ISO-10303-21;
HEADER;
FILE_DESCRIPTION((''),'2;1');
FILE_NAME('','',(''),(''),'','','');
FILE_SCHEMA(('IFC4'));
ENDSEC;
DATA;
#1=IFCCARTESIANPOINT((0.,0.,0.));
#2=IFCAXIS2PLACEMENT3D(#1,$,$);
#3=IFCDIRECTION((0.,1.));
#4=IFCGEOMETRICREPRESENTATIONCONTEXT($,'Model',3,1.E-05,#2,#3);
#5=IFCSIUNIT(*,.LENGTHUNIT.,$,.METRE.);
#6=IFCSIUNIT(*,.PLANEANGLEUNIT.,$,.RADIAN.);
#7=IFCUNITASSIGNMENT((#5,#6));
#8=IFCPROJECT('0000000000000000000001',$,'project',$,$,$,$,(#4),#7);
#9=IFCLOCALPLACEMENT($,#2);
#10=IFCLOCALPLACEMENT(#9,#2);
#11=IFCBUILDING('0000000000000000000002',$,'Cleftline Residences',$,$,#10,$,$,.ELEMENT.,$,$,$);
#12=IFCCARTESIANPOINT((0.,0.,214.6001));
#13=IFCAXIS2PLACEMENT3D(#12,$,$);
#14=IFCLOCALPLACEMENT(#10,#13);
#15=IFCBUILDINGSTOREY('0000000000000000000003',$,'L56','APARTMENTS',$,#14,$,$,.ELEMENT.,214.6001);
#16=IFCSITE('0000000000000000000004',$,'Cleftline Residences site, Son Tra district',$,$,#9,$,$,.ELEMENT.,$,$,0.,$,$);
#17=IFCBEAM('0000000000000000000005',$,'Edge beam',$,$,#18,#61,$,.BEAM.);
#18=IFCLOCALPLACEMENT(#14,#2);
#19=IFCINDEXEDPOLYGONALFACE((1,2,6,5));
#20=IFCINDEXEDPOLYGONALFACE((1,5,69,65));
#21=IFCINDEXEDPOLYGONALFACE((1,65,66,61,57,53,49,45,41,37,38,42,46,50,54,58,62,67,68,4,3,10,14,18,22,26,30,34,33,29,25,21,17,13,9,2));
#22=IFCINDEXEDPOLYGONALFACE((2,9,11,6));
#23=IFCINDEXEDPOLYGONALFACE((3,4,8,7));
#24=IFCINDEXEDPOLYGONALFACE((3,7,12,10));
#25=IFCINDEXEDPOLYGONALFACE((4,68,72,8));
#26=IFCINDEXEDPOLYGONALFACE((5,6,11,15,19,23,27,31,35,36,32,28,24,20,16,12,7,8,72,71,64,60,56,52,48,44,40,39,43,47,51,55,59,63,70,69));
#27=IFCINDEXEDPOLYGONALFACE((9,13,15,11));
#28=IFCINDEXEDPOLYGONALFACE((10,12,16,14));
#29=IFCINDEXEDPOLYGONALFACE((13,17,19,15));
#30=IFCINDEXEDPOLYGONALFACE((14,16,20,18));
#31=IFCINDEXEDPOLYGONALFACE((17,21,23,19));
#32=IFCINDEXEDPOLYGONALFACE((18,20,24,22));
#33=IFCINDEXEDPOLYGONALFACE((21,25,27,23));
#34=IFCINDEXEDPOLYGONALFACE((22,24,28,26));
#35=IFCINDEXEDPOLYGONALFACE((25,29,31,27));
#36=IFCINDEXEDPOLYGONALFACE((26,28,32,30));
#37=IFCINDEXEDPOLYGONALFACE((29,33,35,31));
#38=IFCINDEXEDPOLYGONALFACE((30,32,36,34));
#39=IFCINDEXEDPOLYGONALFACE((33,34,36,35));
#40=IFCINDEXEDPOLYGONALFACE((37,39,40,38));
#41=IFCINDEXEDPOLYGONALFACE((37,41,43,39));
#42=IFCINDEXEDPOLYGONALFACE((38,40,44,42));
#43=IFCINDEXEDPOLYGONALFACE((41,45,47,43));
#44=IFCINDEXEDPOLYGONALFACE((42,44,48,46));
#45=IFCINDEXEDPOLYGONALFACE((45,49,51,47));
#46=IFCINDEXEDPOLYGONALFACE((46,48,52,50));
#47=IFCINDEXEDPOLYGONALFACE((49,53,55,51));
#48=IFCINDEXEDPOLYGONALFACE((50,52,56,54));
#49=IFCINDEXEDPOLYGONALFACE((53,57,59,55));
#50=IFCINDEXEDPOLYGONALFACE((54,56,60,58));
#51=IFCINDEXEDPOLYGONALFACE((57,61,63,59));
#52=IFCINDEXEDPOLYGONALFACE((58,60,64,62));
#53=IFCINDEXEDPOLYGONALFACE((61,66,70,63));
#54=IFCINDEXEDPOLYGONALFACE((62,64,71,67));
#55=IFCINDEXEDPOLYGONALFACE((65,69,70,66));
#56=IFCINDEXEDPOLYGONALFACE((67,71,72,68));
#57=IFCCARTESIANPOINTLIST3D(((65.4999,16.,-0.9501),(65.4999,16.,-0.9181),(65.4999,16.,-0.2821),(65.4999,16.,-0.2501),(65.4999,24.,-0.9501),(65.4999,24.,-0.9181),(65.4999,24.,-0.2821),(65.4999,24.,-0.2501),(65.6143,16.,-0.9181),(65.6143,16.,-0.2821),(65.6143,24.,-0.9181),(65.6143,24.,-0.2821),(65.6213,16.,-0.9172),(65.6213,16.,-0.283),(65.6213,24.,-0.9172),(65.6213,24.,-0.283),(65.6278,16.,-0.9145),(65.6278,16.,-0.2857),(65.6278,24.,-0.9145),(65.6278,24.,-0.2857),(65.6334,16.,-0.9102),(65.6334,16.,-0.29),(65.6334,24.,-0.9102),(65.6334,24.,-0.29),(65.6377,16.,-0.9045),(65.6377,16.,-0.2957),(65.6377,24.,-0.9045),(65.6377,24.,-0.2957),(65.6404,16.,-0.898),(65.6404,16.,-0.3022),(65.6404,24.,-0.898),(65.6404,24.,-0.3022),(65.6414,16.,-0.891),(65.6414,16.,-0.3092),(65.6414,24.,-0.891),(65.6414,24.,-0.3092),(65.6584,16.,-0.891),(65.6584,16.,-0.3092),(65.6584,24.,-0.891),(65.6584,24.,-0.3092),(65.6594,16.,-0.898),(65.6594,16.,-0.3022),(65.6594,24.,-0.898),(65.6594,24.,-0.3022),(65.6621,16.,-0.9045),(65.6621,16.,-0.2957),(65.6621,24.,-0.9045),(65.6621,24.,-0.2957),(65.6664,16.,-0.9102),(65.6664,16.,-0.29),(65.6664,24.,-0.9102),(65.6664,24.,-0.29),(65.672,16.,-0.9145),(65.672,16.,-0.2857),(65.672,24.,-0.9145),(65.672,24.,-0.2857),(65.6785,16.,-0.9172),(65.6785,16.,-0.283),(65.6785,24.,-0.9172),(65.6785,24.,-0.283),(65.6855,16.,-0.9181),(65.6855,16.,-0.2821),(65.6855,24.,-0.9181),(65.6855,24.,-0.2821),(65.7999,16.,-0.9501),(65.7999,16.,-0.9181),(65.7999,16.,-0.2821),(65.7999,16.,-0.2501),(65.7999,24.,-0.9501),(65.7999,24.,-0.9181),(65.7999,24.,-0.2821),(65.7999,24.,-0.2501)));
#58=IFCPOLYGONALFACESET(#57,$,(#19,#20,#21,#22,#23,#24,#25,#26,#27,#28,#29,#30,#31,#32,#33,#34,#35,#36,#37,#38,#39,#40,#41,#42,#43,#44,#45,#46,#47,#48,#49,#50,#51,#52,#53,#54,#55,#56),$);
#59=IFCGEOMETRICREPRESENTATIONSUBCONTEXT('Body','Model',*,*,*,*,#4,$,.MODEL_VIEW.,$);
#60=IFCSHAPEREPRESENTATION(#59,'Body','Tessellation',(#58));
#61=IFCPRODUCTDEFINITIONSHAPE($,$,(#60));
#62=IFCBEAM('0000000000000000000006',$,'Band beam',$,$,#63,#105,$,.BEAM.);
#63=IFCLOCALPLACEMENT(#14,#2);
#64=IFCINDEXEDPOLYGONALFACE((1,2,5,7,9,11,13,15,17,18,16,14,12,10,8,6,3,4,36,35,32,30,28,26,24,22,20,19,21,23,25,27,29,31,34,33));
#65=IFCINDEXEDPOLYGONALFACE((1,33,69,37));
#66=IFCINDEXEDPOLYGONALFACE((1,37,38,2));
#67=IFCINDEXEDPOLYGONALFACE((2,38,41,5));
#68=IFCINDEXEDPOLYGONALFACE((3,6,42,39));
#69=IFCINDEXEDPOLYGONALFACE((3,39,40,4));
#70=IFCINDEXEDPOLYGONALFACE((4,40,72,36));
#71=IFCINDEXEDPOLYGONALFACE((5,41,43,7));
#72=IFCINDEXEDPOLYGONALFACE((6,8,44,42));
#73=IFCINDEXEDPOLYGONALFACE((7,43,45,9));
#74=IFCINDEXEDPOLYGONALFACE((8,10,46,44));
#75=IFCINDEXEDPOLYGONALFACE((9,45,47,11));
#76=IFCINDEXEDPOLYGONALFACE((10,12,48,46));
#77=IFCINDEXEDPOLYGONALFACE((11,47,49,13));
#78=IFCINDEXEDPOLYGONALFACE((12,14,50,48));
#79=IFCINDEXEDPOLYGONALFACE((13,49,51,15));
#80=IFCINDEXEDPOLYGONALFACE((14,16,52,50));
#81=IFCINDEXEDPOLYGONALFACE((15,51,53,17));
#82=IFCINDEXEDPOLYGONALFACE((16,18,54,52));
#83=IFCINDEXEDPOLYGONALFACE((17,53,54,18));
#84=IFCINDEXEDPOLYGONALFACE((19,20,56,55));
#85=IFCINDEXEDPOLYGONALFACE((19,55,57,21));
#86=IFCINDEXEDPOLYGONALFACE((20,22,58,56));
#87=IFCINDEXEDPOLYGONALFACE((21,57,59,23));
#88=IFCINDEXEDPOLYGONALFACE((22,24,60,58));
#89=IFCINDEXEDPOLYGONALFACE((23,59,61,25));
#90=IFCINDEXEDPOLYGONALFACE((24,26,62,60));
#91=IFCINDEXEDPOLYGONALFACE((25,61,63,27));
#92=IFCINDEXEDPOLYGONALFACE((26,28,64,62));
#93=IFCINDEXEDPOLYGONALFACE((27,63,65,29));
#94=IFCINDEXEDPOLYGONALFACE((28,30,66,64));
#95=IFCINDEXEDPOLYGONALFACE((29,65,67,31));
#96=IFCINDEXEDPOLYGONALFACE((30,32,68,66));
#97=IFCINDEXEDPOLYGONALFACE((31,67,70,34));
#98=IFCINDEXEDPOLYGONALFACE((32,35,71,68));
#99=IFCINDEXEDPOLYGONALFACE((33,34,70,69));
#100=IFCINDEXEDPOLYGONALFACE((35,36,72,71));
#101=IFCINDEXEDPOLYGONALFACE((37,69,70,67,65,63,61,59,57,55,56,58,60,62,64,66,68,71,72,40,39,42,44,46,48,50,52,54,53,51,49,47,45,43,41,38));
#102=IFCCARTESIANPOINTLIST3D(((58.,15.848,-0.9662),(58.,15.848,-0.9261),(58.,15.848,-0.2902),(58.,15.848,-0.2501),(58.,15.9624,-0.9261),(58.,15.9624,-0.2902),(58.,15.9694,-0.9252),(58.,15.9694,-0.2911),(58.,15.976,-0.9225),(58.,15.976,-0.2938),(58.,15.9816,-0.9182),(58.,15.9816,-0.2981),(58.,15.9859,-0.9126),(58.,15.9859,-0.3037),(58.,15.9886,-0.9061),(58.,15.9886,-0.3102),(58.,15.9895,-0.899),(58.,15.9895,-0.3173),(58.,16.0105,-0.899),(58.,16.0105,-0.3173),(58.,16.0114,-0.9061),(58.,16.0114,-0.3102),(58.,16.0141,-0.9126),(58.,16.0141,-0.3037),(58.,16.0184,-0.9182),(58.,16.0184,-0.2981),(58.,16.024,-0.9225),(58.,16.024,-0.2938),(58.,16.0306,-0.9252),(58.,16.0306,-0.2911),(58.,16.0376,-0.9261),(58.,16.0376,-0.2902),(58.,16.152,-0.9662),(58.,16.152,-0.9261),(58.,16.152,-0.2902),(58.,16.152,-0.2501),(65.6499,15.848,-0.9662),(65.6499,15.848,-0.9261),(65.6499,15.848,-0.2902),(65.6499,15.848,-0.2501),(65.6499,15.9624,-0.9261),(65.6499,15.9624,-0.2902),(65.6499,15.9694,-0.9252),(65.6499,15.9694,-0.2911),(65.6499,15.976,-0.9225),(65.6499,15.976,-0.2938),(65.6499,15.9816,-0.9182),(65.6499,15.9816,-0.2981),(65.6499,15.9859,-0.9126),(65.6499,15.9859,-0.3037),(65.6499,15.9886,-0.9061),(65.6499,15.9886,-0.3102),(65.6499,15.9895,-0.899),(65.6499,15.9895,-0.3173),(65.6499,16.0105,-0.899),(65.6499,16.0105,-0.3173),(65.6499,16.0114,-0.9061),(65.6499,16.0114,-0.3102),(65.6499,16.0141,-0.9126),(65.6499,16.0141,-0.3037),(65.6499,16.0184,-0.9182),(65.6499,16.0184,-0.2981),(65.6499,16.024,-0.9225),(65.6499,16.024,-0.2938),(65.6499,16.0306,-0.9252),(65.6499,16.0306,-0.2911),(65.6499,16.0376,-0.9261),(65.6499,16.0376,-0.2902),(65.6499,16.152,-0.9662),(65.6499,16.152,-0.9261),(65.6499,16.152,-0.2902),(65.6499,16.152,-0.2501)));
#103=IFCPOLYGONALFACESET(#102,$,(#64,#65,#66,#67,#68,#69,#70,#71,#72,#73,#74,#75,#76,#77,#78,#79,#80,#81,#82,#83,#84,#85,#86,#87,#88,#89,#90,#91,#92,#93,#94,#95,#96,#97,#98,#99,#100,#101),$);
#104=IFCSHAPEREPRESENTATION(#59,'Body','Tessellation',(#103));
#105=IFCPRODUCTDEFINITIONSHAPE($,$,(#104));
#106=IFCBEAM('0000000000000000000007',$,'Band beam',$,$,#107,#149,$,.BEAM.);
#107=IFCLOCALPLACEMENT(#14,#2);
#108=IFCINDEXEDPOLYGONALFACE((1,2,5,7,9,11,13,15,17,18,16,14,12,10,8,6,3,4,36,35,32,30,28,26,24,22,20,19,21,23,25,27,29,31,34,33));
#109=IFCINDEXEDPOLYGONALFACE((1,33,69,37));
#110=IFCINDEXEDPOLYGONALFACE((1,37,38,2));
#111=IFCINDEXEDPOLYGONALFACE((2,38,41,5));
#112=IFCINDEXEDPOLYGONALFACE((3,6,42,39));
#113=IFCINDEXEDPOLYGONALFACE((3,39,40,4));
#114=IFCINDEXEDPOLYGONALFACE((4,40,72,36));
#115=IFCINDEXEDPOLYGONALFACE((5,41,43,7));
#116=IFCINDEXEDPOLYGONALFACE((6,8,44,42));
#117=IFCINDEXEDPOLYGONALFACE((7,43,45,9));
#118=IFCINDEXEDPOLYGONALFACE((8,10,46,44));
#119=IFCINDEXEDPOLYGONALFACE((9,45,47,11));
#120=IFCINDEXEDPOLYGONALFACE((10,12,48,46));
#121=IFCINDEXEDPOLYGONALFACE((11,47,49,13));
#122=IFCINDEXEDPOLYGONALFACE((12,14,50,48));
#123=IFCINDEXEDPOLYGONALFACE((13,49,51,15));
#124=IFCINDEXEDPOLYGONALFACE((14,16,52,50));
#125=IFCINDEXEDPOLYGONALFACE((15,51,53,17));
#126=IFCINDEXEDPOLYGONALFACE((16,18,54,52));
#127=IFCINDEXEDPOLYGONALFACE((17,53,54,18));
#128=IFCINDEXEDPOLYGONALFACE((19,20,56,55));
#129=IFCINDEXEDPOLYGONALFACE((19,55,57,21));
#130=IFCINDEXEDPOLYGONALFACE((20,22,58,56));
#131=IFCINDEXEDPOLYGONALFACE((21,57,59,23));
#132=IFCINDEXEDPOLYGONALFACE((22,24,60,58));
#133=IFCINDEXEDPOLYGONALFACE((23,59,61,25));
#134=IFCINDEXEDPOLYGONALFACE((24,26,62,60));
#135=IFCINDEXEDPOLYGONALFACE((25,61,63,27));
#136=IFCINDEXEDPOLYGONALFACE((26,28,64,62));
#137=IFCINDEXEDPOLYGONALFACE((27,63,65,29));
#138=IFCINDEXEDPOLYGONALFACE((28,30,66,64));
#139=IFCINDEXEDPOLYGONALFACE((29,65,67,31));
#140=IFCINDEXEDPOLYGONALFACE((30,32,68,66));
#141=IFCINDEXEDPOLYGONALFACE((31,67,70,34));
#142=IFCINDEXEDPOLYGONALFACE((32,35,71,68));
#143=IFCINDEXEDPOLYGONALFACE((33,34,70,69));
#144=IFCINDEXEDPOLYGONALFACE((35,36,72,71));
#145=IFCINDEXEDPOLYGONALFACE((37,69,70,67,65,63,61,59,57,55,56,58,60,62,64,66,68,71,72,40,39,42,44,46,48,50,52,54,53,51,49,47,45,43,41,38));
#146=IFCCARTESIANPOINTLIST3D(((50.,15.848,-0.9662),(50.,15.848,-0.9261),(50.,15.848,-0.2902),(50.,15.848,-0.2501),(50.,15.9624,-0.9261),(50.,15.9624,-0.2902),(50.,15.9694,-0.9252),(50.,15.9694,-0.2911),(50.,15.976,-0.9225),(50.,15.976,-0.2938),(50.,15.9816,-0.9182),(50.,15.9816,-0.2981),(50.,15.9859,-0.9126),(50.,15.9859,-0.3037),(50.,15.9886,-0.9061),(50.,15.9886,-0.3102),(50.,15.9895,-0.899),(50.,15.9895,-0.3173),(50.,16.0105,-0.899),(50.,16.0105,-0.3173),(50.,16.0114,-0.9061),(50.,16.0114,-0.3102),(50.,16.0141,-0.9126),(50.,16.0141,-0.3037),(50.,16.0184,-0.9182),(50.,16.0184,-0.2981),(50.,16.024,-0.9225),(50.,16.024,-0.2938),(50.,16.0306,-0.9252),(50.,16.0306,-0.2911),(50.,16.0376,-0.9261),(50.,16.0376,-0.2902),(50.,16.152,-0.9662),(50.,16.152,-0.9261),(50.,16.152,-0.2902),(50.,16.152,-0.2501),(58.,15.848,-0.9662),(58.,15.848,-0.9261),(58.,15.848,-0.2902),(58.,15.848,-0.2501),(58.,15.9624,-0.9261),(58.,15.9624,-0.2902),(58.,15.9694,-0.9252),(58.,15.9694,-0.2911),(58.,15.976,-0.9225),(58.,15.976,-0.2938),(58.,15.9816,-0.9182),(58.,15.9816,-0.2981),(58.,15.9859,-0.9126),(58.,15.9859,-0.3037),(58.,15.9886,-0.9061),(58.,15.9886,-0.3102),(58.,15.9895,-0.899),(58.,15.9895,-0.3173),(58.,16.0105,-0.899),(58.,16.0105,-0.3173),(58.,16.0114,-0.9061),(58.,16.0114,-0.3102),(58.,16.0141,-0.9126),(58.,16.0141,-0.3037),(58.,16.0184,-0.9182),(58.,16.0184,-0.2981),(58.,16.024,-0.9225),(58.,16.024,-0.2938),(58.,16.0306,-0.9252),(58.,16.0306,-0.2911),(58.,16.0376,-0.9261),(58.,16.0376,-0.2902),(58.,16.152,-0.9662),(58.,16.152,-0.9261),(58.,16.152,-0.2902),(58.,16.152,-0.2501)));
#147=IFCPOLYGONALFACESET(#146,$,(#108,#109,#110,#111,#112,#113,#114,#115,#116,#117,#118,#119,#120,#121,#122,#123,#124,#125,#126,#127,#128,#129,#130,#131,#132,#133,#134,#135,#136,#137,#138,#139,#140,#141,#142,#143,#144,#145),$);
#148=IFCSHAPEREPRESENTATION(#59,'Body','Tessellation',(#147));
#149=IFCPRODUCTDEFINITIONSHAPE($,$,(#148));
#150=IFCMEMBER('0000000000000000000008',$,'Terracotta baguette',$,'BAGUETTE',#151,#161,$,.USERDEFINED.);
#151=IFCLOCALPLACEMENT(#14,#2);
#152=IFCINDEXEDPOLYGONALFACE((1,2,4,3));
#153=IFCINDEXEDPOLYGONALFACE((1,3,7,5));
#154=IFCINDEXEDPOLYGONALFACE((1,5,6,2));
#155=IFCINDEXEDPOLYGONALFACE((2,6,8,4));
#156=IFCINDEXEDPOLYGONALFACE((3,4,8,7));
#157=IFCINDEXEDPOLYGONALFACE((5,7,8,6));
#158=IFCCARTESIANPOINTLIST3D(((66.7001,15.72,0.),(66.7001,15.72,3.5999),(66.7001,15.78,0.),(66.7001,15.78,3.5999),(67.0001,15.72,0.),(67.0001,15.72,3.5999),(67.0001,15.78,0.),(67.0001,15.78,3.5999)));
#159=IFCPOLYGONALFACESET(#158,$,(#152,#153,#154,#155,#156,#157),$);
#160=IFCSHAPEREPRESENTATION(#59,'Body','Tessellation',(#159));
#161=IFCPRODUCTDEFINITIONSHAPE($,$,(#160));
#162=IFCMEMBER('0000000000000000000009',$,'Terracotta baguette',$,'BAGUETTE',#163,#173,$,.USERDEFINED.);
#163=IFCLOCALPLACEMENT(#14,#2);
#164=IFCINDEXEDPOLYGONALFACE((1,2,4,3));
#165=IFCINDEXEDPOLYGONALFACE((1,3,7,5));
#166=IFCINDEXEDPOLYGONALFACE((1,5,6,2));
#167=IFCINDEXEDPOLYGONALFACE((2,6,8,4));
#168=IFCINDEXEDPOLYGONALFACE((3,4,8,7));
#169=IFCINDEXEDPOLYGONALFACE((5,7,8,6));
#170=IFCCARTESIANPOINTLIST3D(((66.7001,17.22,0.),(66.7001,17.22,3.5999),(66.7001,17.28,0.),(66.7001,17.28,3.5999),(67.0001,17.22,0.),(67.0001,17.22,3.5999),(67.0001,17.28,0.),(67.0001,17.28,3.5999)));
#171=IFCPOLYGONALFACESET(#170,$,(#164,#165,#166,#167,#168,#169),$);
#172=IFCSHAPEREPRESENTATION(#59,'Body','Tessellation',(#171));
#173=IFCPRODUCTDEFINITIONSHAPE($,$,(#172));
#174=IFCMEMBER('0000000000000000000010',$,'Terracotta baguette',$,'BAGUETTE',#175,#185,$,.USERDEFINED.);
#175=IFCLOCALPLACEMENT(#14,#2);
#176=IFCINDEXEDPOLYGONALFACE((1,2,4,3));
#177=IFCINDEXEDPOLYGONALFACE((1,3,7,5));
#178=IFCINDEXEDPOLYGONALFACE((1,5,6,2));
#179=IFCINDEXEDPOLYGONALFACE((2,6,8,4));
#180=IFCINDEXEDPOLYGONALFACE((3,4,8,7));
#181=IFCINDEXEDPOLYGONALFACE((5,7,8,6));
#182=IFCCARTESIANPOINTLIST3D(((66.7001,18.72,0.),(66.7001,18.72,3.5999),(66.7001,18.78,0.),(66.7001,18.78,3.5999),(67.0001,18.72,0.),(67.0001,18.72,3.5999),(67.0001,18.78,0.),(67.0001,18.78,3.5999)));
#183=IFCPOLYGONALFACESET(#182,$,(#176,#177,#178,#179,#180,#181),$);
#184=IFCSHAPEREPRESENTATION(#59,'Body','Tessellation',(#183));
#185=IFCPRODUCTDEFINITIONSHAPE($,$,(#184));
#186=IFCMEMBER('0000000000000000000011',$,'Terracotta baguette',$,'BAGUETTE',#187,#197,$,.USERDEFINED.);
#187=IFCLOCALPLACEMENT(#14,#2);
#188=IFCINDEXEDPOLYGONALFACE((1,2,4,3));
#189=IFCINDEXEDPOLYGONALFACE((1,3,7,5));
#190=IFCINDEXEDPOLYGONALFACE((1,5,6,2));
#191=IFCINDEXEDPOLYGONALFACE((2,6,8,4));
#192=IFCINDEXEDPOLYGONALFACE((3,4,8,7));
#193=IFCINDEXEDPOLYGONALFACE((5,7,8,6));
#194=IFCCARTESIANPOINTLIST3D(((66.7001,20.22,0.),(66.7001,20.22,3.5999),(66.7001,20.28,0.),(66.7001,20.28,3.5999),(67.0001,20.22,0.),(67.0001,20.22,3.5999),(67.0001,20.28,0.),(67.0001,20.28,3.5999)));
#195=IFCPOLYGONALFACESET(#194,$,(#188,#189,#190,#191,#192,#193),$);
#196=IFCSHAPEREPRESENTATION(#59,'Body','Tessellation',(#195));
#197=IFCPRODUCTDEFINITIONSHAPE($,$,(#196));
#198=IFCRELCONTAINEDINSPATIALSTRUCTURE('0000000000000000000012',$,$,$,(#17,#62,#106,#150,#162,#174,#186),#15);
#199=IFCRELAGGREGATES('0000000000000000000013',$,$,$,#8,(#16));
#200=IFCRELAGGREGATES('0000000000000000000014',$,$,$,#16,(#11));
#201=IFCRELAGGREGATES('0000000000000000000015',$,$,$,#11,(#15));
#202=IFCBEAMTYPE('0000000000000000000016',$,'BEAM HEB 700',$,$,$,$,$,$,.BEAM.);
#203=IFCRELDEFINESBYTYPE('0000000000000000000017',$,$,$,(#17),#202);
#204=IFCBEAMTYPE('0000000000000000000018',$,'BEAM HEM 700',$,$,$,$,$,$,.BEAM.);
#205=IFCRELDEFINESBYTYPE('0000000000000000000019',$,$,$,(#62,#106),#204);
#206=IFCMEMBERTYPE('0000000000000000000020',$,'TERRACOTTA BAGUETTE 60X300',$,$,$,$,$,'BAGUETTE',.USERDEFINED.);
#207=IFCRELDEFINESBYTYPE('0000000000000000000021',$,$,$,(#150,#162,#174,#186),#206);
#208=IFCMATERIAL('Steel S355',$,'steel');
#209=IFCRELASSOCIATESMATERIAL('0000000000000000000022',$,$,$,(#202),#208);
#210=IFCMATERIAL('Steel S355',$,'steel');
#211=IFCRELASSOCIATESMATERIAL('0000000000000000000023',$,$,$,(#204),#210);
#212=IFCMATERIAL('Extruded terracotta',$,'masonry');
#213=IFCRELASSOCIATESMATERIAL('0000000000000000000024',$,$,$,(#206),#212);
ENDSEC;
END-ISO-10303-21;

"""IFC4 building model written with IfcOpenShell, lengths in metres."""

from ifc_helpers import new_model, si_unit, direction, frame, origin, origin_2d, place, context, subcontext, project, spatial, rectangle, i_section, extrude, material, material_profile, profile_set, type_object, element, save


model = new_model("IFC4")

# Units and contexts
model_context = context("Model", 3, precision=1e-05, world=origin(), true_north=direction((0.0, 1.0)))
body_context = subcontext(model_context, "Body", "Model", "MODEL_VIEW")
ifc_project = project(units=[si_unit("LENGTHUNIT", "METRE"), si_unit("PLANEANGLEUNIT", "RADIAN")], contexts=[model_context])

# Site, building, storey
site_placement = place(None, origin())
site = spatial("IfcSite", under=ifc_project, at=site_placement, Name="Cleftline Residences site, Son Tra district", CompositionType="ELEMENT", RefElevation=0.0)
building_placement = place(site_placement, origin())
building = spatial("IfcBuilding", under=site, at=building_placement, Name="Cleftline Residences", CompositionType="ELEMENT")
storey_placement = place(building_placement, frame((0.0, 0.0, 214.6001)))
storey = spatial("IfcBuildingStorey", under=building, at=storey_placement, Name="L56", Description="APARTMENTS", CompositionType="ELEMENT", Elevation=214.6001)

# Beams
ifc_material_1 = material(Name="Steel S355", Category="steel")
ifc_material_profile_1 = material_profile(ifc_material_1, i_section(OverallWidth=0.3, OverallDepth=0.7, WebThickness=0.0171, FlangeThickness=0.032, FilletRadius=0.0271, at=origin_2d()))
ifc_profile_set_1 = profile_set([ifc_material_profile_1], Name="Steel S355")
beam_type_1 = type_object("IfcBeamType", Name="BEAM HEB 700", PredefinedType="BEAM", material=ifc_profile_set_1)
beam_1_placement = place(storey_placement, frame((65.6499, 16.0, -0.6001), z_axis=(0.0, 1.0, 0.0), x_axis=(-1.0, 0.0, 0.0)))
element("IfcBeam", 1, at=beam_1_placement, inside=storey, type_object=beam_type_1, Name="Edge beam", PredefinedType="BEAM", context=body_context, shape_type="SweptSolid", body=[
    extrude(i_section(OverallWidth=0.3, OverallDepth=0.7, WebThickness=0.0171, FlangeThickness=0.032, FilletRadius=0.0271, at=origin_2d()), origin(), (0.0, 0.0, 1.0), 8.0),
])
ifc_material_2 = material(Name="Steel S355", Category="steel")
ifc_material_profile_2 = material_profile(ifc_material_2, i_section(OverallWidth=0.304, OverallDepth=0.7161, WebThickness=0.021, FlangeThickness=0.04, FilletRadius=0.0271, at=origin_2d()))
ifc_profile_set_2 = profile_set([ifc_material_profile_2], Name="Steel S355")
beam_type_2 = type_object("IfcBeamType", Name="BEAM HEM 700", PredefinedType="BEAM", material=ifc_profile_set_2)
beam_2_placement = place(storey_placement, frame((65.6499, 16.0, -0.6082), z_axis=(-1.0, 0.0, 0.0), x_axis=(0.0, -1.0, 0.0)))
element("IfcBeam", 2, at=beam_2_placement, inside=storey, type_object=beam_type_2, Name="Band beam", PredefinedType="BEAM", context=body_context, shape_type="SweptSolid", body=[
    extrude(i_section(OverallWidth=0.304, OverallDepth=0.7161, WebThickness=0.021, FlangeThickness=0.04, FilletRadius=0.0271, at=origin_2d()), origin(), (0.0, 0.0, 1.0), 7.6499),
])
beam_3_placement = place(storey_placement, frame((58.0, 16.0, -0.6082), z_axis=(-1.0, 0.0, 0.0), x_axis=(0.0, -1.0, 0.0)))
element("IfcBeam", 3, at=beam_3_placement, inside=storey, type_object=beam_type_2, Name="Band beam", PredefinedType="BEAM", context=body_context, shape_type="SweptSolid", body=[
    extrude(i_section(OverallWidth=0.304, OverallDepth=0.7161, WebThickness=0.021, FlangeThickness=0.04, FilletRadius=0.0271, at=origin_2d()), origin(), (0.0, 0.0, 1.0), 8.0),
])

# Members
ifc_material_3 = material(Name="Extruded terracotta", Category="masonry")
ifc_material_profile_3 = material_profile(ifc_material_3, rectangle(XDim=0.0601, YDim=0.3, at=origin_2d()))
ifc_profile_set_3 = profile_set([ifc_material_profile_3], Name="Extruded terracotta")
member_type_1 = type_object("IfcMemberType", Name="TERRACOTTA BAGUETTE 60X300", ElementType="BAGUETTE", PredefinedType="USERDEFINED", material=ifc_profile_set_3)
for number, where, z_axis, x_axis, name in (
    (4, (66.8501, 15.75, 0.0), (0.0, 0.0, 1.0), (0.0, 1.0, 0.0), "Terracotta baguette"),
    (5, (66.8501, 17.25, 0.0), (0.0, 0.0, 1.0), (0.0, 1.0, 0.0), "Terracotta baguette"),
    (6, (66.8501, 18.75, 0.0), (0.0, 0.0, 1.0), (0.0, 1.0, 0.0), "Terracotta baguette"),
    (7, (66.8501, 20.25, 0.0), (0.0, 0.0, 1.0), (0.0, 1.0, 0.0), "Terracotta baguette"),
):
    element("IfcMember", number, at=place(storey_placement, frame(where, z_axis=z_axis, x_axis=x_axis)), inside=storey, type_object=member_type_1, Name=name, ObjectType="BAGUETTE", PredefinedType="USERDEFINED", context=body_context, shape_type="SweptSolid", body=[
        extrude(rectangle(XDim=0.0601, YDim=0.3, at=origin_2d()), origin(), (0.0, 0.0, 1.0), 3.5999),
    ])

save(model, "model.ifc")
